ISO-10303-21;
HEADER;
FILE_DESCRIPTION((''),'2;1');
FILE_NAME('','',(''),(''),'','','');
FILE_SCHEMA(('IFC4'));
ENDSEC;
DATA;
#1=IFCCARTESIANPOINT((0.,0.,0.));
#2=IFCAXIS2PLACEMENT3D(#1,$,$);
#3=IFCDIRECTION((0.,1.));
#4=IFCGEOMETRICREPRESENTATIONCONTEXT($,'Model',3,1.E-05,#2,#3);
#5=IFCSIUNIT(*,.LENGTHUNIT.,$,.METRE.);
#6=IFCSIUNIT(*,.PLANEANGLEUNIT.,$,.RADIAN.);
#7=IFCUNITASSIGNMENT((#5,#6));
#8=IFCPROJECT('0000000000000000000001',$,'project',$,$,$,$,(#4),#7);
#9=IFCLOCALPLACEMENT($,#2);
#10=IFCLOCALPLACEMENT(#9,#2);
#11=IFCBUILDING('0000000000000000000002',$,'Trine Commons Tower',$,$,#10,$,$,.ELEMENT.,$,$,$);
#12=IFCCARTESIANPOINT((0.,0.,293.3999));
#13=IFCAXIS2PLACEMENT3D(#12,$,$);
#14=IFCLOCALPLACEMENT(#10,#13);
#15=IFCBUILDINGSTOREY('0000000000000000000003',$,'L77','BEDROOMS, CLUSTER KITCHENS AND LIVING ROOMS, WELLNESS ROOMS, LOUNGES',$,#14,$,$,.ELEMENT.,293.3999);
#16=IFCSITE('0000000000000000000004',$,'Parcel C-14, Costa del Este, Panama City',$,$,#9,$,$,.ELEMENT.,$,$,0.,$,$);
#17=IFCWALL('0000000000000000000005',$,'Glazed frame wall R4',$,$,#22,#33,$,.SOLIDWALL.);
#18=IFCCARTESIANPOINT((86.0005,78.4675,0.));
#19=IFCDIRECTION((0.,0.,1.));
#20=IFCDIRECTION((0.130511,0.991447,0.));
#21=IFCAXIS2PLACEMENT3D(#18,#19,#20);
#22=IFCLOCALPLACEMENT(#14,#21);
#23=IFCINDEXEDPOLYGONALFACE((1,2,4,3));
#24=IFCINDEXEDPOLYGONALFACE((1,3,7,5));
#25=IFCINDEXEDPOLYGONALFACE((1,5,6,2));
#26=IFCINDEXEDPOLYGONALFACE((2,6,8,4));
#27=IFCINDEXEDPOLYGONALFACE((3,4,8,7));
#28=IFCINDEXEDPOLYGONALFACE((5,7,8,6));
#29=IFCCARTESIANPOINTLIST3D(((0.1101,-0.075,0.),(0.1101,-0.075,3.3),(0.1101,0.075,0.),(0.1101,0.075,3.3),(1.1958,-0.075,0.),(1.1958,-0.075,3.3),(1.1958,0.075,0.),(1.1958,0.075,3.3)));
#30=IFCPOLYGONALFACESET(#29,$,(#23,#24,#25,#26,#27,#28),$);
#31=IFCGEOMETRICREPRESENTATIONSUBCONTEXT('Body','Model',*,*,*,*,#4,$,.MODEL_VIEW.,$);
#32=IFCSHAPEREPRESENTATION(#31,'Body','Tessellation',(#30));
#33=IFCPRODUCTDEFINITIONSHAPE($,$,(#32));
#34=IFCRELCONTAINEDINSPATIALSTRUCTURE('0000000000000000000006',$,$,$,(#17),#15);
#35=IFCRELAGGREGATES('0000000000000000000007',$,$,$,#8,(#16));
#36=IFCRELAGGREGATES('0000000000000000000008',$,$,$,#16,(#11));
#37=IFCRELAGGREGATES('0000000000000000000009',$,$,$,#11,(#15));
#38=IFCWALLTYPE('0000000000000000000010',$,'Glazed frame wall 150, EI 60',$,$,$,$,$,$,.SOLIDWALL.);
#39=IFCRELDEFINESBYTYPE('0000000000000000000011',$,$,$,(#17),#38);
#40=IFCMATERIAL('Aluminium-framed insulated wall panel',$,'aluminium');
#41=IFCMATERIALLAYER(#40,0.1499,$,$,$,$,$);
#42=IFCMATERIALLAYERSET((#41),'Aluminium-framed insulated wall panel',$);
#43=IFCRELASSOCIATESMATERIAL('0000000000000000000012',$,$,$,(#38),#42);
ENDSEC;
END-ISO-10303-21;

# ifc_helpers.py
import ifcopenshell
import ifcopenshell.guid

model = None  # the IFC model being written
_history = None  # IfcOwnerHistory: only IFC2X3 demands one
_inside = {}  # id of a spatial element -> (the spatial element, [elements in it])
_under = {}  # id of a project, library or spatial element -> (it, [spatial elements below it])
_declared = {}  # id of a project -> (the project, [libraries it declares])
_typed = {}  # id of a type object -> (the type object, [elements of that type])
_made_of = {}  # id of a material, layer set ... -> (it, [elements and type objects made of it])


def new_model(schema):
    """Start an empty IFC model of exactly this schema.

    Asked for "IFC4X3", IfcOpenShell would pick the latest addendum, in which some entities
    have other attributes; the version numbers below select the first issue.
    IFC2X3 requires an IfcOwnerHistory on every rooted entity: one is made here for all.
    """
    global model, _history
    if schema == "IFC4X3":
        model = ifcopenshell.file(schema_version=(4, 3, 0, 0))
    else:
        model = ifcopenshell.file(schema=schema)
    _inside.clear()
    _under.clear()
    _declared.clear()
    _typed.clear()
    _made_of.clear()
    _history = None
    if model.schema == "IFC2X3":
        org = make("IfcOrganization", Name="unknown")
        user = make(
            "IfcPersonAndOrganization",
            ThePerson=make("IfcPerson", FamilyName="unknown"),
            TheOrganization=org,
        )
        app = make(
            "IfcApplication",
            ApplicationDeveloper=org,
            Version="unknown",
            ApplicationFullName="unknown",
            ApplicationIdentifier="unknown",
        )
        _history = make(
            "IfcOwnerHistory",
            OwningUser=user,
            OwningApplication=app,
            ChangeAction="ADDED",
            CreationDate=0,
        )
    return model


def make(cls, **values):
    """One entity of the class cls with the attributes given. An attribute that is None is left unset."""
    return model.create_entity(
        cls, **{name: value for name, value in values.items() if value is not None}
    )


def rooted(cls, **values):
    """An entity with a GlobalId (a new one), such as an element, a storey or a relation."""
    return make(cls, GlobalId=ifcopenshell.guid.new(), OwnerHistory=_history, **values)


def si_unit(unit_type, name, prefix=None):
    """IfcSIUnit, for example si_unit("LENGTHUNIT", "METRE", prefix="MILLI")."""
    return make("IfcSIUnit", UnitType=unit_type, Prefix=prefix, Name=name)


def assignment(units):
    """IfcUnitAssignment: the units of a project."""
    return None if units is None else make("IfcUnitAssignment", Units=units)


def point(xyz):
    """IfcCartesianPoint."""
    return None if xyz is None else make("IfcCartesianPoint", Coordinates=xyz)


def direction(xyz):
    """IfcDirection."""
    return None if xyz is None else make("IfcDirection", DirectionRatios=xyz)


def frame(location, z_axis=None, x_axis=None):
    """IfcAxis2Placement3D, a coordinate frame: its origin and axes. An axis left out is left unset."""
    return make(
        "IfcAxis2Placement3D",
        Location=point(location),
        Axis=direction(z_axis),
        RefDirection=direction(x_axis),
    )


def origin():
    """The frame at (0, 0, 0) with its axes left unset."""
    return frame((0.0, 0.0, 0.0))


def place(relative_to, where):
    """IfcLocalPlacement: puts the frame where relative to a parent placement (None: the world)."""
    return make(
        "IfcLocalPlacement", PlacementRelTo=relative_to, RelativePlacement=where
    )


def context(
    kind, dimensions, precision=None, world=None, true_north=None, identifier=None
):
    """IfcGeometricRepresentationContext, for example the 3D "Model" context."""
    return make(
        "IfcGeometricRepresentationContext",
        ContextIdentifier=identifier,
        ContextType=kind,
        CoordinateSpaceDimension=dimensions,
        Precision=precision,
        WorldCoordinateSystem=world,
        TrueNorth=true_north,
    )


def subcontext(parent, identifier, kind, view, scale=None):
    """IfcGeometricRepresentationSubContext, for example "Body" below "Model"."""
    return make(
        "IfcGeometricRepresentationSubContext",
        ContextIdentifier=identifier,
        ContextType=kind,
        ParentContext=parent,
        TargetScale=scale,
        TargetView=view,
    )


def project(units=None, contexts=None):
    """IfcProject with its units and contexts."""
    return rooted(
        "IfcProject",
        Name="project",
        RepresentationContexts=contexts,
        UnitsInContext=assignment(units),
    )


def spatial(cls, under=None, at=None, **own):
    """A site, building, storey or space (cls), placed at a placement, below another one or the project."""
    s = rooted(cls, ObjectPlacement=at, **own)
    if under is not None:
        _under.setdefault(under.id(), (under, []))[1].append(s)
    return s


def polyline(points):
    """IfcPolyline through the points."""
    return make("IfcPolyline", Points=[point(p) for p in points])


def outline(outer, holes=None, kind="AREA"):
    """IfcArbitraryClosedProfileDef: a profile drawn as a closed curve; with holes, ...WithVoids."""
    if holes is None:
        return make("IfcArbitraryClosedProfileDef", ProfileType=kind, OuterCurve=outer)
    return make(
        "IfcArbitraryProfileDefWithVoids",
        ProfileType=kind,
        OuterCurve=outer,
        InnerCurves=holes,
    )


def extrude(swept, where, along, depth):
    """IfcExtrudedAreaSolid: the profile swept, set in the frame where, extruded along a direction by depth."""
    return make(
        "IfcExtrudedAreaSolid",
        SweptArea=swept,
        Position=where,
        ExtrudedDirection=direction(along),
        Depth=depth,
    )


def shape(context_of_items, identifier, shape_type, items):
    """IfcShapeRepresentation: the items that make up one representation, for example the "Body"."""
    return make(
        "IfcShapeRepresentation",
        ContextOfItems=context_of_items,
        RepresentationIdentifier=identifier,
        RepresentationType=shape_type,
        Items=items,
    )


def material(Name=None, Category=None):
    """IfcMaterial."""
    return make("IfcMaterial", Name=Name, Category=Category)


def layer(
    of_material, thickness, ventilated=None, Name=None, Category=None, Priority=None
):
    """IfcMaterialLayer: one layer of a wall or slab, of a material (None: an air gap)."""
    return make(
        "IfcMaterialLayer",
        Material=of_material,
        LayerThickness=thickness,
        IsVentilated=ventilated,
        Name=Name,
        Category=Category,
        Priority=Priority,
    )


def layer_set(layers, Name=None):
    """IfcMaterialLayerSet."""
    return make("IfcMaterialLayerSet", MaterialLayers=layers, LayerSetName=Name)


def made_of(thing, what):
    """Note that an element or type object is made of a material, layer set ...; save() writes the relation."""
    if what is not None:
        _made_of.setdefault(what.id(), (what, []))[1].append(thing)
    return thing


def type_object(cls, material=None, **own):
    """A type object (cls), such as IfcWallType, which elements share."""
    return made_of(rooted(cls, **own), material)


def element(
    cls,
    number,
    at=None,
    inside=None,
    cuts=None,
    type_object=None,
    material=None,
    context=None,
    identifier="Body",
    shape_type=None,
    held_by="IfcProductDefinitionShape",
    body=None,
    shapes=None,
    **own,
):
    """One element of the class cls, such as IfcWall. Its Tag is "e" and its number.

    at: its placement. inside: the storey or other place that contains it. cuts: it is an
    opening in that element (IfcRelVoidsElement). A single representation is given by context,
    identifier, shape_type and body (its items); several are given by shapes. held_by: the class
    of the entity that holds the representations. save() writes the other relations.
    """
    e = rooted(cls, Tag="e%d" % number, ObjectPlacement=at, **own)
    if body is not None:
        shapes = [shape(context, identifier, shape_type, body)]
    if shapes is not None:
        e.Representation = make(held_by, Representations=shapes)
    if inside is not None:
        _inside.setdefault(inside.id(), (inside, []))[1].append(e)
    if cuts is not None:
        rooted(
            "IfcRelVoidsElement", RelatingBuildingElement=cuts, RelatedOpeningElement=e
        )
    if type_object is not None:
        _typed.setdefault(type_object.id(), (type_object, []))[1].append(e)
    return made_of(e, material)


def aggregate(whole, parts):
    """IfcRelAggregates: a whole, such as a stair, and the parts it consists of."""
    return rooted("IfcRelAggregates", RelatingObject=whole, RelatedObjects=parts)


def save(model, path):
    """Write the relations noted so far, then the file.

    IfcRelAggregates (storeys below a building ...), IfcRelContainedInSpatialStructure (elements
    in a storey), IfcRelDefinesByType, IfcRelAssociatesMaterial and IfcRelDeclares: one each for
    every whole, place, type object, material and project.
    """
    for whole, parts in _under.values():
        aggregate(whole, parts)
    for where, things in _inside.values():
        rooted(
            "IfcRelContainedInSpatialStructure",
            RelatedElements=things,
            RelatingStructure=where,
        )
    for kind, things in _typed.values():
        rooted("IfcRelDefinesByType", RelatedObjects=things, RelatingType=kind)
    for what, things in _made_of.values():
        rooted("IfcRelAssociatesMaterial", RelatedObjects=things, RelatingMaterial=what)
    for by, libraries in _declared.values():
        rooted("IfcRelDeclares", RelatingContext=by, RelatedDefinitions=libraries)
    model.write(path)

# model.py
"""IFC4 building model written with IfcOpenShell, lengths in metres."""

from ifc_helpers import new_model, si_unit, direction, frame, origin, place, context, subcontext, project, spatial, polyline, outline, extrude, material, layer, layer_set, type_object, element, save


model = new_model("IFC4")

# Units and contexts
model_context = context("Model", 3, precision=1e-05, world=origin(), true_north=direction((0.0, 1.0)))
body_context = subcontext(model_context, "Body", "Model", "MODEL_VIEW")
ifc_project = project(units=[si_unit("LENGTHUNIT", "METRE"), si_unit("PLANEANGLEUNIT", "RADIAN")], contexts=[model_context])

# Site, building, storey
site_placement = place(None, origin())
site = spatial("IfcSite", under=ifc_project, at=site_placement, Name="Parcel C-14, Costa del Este, Panama City", CompositionType="ELEMENT", RefElevation=0.0)
building_placement = place(site_placement, origin())
building = spatial("IfcBuilding", under=site, at=building_placement, Name="Trine Commons Tower", CompositionType="ELEMENT")
storey_placement = place(building_placement, frame((0.0, 0.0, 293.3999)))
storey = spatial("IfcBuildingStorey", under=building, at=storey_placement, Name="L77", Description="BEDROOMS, CLUSTER KITCHENS AND LIVING ROOMS, WELLNESS ROOMS, LOUNGES", CompositionType="ELEMENT", Elevation=293.3999)

# Shared definitions
ifc_material_1 = material(Name="Aluminium-framed insulated wall panel", Category="aluminium")
ifc_layer_1 = layer(ifc_material_1, 0.1499)
ifc_layer_set_1 = layer_set([ifc_layer_1], Name="Aluminium-framed insulated wall panel")
wall_type_1 = type_object("IfcWallType", Name="Glazed frame wall 150, EI 60", PredefinedType="SOLIDWALL", material=ifc_layer_set_1)

# Wall
wall_1_placement = place(storey_placement, frame((86.0005, 78.4675, 0.0), z_axis=(0.0, 0.0, 1.0), x_axis=(0.130511, 0.991447, 0.0)))
element("IfcWall", 1, at=wall_1_placement, inside=storey, type_object=wall_type_1, Name="Glazed frame wall R4", PredefinedType="SOLIDWALL", context=body_context, shape_type="SweptSolid", body=[
    extrude(outline(polyline([(0.1101, 0.075), (0.1101, -0.075), (1.1958, -0.075), (1.1958, 0.075), (0.1101, 0.075)])), origin(), (0.0, 0.0, 1.0), 3.3),
])

save(model, "model.ifc")
